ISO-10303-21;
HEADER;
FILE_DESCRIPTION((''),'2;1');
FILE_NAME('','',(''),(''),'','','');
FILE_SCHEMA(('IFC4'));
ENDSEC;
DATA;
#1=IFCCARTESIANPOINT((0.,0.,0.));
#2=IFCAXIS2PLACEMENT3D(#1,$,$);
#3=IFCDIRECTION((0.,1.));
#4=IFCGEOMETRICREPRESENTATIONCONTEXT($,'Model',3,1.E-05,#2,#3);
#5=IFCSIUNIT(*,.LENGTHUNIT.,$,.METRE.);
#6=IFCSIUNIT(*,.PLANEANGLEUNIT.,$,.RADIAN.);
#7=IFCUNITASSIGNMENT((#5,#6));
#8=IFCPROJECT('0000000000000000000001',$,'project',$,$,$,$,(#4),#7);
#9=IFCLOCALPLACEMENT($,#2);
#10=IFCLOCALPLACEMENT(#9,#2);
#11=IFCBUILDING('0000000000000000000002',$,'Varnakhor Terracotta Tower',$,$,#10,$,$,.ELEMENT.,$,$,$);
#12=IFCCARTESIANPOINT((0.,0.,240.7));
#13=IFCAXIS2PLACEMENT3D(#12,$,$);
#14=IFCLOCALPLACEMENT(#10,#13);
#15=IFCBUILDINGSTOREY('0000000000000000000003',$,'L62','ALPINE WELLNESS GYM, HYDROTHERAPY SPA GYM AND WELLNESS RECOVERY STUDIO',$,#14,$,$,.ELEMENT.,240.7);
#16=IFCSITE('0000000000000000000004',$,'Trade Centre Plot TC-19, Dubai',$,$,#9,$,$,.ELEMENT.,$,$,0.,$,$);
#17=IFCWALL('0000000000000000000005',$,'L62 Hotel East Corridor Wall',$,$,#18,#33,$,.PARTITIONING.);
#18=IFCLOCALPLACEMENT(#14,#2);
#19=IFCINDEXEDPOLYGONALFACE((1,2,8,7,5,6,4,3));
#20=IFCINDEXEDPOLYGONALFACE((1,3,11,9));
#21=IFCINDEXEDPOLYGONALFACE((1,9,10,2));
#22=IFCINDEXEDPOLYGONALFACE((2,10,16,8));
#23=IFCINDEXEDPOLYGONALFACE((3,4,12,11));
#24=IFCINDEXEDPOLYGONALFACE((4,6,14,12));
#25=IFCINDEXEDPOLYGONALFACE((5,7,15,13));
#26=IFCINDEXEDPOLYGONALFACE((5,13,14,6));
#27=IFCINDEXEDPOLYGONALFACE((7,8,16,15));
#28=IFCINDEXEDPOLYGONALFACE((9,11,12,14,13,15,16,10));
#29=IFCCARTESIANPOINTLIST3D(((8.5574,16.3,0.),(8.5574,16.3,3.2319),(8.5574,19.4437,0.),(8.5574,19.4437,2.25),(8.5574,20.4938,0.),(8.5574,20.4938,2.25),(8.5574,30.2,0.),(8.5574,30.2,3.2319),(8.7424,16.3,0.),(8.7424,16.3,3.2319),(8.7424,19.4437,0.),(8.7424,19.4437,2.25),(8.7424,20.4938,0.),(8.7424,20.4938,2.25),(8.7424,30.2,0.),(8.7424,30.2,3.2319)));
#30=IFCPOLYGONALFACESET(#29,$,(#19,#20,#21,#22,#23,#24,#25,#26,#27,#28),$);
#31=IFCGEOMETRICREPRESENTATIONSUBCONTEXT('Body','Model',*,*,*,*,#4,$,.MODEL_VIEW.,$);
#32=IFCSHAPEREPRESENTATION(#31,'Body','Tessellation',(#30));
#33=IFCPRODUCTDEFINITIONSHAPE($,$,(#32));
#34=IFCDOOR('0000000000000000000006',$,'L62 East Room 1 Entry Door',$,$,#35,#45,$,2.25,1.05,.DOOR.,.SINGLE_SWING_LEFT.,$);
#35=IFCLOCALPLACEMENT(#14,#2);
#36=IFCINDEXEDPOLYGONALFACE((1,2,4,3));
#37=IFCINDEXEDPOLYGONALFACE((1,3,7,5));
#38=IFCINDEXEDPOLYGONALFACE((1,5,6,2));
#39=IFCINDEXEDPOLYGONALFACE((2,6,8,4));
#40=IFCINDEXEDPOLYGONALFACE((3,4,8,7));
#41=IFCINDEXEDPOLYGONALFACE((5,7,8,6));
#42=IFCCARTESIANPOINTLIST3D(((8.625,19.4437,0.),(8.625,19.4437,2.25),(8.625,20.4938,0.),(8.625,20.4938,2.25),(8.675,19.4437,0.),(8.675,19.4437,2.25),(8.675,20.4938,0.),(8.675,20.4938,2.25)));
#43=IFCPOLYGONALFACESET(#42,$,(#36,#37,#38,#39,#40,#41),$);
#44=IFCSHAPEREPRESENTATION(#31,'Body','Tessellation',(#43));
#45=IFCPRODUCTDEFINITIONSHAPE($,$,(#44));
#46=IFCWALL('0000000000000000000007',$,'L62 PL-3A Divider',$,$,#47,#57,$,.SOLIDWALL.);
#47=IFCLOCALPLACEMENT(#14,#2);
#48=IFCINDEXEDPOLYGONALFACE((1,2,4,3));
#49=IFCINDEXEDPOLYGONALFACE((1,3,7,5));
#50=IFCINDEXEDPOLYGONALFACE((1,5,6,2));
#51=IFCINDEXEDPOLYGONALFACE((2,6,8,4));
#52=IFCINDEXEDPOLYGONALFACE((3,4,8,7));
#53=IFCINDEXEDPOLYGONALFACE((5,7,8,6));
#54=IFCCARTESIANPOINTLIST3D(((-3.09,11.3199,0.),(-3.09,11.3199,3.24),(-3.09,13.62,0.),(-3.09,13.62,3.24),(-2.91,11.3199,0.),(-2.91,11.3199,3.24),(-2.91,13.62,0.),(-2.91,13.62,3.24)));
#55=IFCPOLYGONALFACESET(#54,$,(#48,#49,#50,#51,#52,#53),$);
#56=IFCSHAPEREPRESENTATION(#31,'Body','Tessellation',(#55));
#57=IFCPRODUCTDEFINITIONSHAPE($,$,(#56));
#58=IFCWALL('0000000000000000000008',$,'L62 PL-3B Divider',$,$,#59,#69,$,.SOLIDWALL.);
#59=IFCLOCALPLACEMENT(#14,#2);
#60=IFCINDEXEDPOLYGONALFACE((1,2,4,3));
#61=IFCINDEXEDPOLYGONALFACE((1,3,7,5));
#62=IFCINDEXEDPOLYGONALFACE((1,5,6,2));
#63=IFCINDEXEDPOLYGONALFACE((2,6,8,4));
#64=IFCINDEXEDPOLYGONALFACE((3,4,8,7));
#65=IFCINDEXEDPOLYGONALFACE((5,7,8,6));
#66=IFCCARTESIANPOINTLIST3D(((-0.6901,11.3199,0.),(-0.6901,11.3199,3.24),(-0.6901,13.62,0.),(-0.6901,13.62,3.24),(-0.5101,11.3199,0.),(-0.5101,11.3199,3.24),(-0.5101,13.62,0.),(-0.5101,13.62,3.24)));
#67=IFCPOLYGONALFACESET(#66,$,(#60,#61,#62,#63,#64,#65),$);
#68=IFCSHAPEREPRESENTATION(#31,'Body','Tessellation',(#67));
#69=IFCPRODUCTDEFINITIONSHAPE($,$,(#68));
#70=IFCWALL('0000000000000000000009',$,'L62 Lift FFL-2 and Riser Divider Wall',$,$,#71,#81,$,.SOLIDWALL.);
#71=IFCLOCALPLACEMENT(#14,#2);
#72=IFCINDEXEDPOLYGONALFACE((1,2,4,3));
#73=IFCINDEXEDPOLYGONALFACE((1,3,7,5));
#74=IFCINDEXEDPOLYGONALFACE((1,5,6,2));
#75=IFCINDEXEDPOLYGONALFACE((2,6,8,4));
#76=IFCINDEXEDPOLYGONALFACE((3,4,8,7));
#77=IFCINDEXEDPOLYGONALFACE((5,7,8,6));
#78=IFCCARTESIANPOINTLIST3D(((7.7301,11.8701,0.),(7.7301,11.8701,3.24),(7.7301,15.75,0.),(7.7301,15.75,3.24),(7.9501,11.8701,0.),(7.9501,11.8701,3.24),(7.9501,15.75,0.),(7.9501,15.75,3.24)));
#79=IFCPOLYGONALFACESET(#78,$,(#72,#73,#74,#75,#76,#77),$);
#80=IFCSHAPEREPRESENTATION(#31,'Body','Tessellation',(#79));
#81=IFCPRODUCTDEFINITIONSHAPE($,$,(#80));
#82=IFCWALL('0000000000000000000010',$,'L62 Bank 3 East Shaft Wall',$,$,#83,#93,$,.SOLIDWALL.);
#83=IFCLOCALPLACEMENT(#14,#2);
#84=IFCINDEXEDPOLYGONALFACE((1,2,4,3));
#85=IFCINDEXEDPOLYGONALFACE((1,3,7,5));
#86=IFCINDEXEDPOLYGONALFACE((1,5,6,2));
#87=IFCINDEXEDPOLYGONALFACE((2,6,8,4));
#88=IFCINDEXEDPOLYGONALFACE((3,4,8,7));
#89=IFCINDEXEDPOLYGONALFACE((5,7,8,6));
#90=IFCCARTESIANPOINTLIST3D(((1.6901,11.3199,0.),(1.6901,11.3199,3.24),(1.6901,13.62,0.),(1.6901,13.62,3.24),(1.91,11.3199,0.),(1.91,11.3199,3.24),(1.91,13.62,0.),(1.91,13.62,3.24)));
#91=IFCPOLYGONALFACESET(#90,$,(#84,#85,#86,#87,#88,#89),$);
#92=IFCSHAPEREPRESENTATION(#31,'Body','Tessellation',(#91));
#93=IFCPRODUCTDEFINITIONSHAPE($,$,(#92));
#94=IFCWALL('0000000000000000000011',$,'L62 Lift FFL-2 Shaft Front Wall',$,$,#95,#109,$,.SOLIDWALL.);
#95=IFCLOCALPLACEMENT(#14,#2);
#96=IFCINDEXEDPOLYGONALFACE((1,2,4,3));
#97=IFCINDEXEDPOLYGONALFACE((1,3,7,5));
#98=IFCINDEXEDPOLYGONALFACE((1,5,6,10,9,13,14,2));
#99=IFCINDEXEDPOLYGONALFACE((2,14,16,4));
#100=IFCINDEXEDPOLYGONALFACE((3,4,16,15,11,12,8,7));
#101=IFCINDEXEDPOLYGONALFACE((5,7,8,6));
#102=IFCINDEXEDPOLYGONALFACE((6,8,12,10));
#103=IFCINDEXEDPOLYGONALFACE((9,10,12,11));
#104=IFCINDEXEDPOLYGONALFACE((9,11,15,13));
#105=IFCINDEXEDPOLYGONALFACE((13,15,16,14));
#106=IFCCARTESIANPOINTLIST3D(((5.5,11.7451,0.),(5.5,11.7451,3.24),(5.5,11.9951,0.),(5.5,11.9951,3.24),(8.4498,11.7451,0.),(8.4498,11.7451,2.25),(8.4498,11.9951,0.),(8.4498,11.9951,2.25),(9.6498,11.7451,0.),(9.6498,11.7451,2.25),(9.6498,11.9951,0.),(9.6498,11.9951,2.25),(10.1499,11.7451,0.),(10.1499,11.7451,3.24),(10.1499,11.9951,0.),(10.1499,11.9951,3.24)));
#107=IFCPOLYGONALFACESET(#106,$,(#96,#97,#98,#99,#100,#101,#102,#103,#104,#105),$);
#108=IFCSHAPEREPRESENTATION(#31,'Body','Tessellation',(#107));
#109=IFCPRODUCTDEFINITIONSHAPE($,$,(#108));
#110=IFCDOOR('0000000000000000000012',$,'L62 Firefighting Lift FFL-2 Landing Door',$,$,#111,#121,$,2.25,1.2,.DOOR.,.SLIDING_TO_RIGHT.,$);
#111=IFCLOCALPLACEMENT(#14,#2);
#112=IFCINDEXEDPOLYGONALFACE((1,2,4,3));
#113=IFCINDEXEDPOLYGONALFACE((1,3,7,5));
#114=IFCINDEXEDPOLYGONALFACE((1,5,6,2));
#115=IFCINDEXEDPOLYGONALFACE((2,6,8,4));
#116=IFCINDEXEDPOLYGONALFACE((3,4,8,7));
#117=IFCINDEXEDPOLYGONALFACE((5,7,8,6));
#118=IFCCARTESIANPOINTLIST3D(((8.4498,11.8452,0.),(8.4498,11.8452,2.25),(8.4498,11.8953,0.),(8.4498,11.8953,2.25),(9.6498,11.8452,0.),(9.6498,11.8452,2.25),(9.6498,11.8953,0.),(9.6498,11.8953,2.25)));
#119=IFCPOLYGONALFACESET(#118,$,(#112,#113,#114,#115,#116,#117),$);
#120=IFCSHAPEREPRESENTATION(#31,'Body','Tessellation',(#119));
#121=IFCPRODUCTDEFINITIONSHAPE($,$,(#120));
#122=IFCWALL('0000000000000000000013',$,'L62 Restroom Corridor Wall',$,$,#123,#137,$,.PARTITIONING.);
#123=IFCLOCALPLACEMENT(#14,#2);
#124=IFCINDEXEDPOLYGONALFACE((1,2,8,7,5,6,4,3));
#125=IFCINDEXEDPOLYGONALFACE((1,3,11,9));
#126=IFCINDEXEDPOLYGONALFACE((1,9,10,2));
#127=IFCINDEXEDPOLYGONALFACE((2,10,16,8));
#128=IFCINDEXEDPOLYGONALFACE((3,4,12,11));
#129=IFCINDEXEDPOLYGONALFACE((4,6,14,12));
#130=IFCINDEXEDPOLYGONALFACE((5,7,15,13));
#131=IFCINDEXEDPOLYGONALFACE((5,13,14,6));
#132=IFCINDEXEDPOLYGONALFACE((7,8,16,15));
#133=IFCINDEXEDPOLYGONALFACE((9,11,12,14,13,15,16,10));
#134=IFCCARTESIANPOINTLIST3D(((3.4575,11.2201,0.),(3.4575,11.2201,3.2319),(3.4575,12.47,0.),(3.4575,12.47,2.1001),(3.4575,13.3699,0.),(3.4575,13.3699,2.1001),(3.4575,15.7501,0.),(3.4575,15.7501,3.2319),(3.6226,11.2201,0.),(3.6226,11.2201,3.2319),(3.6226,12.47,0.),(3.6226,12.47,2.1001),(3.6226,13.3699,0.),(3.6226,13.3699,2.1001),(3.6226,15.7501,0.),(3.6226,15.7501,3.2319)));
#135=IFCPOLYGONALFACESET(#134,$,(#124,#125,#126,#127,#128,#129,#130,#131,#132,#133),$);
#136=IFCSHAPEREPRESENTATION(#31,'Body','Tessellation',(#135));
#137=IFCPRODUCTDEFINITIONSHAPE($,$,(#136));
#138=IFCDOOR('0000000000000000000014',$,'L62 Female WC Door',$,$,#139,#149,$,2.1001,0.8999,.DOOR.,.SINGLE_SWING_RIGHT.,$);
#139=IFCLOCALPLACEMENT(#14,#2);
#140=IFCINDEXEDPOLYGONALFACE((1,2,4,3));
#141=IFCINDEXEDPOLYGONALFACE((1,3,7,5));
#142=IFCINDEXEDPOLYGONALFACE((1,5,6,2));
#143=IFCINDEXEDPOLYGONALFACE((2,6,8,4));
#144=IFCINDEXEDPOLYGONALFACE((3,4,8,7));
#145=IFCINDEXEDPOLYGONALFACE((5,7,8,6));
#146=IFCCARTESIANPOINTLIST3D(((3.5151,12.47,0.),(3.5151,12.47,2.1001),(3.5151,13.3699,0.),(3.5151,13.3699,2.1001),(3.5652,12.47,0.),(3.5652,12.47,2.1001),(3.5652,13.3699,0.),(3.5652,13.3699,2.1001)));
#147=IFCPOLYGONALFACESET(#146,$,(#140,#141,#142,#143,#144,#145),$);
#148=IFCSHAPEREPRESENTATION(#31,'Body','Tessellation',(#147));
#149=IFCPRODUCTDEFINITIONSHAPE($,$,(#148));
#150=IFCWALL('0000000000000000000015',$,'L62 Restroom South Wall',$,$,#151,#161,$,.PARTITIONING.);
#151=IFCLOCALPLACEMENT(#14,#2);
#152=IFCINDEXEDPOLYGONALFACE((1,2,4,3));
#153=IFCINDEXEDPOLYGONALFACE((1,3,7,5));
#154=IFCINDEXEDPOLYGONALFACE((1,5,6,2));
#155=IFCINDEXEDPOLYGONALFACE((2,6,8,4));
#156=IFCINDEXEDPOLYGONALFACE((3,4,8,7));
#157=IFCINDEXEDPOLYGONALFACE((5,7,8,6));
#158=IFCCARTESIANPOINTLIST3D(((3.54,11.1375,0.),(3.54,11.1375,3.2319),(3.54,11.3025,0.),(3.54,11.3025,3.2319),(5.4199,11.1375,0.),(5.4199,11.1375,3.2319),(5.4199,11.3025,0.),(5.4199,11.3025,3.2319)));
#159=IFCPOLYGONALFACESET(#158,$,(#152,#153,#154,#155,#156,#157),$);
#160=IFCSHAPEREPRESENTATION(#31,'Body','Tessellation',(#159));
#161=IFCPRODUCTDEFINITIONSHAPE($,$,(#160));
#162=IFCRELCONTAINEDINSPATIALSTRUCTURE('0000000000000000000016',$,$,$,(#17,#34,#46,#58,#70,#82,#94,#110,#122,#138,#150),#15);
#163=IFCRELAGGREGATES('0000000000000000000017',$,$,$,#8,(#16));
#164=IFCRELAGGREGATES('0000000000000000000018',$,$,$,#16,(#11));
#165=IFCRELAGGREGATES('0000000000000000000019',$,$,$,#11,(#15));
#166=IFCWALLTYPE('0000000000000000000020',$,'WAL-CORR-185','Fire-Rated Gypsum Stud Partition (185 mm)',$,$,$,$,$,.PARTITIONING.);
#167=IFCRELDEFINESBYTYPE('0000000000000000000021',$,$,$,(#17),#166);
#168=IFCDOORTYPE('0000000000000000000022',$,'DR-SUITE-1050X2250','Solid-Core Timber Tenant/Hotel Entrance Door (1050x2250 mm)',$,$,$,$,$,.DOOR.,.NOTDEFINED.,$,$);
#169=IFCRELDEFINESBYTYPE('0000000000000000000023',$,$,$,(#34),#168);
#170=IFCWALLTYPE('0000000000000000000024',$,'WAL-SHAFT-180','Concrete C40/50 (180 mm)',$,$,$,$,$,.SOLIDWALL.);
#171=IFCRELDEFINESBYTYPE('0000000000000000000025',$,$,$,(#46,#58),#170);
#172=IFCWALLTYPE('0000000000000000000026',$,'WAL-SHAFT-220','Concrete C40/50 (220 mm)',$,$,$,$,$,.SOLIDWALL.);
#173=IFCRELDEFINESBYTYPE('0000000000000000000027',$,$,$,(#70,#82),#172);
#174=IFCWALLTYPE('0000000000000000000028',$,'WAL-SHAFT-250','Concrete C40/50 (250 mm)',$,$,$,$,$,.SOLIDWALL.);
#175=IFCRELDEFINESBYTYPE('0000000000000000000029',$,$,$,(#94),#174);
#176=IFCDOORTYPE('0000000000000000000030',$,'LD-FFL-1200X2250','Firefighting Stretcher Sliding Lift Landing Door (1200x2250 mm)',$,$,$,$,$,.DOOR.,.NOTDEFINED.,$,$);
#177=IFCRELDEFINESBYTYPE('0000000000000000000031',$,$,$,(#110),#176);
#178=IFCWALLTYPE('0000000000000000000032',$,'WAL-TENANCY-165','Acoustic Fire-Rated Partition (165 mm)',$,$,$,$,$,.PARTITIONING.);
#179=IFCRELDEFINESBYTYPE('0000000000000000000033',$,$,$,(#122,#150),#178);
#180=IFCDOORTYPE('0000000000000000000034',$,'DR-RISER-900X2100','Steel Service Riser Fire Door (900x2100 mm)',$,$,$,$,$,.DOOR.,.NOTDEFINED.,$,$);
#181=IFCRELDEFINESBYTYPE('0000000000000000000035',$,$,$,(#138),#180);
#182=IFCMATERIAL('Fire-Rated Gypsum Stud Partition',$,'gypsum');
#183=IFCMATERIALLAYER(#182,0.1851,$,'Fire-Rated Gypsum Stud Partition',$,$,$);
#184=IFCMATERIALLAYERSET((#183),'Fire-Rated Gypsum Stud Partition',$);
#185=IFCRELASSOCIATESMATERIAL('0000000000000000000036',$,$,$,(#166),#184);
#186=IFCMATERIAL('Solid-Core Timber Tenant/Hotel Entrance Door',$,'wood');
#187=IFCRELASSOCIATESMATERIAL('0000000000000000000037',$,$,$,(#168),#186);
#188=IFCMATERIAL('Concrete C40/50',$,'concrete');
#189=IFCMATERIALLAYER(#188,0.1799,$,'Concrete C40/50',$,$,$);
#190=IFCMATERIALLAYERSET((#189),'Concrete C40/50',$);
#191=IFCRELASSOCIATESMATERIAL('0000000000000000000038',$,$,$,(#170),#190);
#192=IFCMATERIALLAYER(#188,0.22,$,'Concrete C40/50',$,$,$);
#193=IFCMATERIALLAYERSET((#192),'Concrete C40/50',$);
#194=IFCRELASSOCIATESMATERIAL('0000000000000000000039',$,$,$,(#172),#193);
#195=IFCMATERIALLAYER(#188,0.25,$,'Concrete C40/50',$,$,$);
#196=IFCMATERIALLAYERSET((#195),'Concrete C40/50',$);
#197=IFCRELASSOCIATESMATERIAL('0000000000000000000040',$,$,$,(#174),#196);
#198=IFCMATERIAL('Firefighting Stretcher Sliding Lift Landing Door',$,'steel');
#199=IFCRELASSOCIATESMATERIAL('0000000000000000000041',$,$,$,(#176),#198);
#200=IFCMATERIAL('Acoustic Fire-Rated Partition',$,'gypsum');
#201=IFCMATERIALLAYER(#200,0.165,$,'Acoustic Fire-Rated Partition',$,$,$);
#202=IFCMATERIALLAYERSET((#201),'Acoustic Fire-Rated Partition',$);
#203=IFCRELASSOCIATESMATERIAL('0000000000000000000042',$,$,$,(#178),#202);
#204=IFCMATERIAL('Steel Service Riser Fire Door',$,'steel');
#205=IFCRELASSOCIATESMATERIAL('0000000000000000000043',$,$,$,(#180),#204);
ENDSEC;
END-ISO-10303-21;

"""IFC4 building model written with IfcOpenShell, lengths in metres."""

from ifc_helpers import new_model, si_unit, direction, frame, frame_2d, origin, place, context, subcontext, project, spatial, rectangle, extrude, source, transform, mapped, material, layer, layer_set, type_object, type_shapes, element, fill, save


model = new_model("IFC4")

# Units and contexts
model_context = context("Model", 3, precision=1e-05, world=origin(), true_north=direction((0.0, 1.0)))
body_context = subcontext(model_context, "Body", "Model", "MODEL_VIEW")
ifc_project = project(units=[si_unit("LENGTHUNIT", "METRE"), si_unit("PLANEANGLEUNIT", "RADIAN")], contexts=[model_context])

# Site, building, storey
site_placement = place(None, origin())
site = spatial("IfcSite", under=ifc_project, at=site_placement, Name="Trade Centre Plot TC-19, Dubai", CompositionType="ELEMENT", RefElevation=0.0)
building_placement = place(site_placement, origin())
building = spatial("IfcBuilding", under=site, at=building_placement, Name="Varnakhor Terracotta Tower", CompositionType="ELEMENT")
storey_placement = place(building_placement, frame((0.0, 0.0, 240.7)))
storey = spatial("IfcBuildingStorey", under=building, at=storey_placement, Name="L62", Description="ALPINE WELLNESS GYM, HYDROTHERAPY SPA GYM AND WELLNESS RECOVERY STUDIO", CompositionType="ELEMENT", Elevation=240.7)

# Shared definitions
ifc_material_1 = material(Name="Fire-Rated Gypsum Stud Partition", Category="gypsum")
ifc_layer_1 = layer(ifc_material_1, 0.1851, Name="Fire-Rated Gypsum Stud Partition")
ifc_layer_set_1 = layer_set([ifc_layer_1], Name="Fire-Rated Gypsum Stud Partition")
wall_type_1 = type_object("IfcWallType", Name="WAL-CORR-185", Description="Fire-Rated Gypsum Stud Partition (185 mm)", PredefinedType="PARTITIONING", material=ifc_layer_set_1)

# Wall, opening, door
wall_1_placement = place(storey_placement, frame((8.6499, 16.3, 0.0), z_axis=(0.0, 0.0, 1.0), x_axis=(0.0, 1.0, 0.0)))
wall_1 = element("IfcWall", 1, at=wall_1_placement, inside=storey, type_object=wall_type_1, Name="L62 Hotel East Corridor Wall", PredefinedType="PARTITIONING", context=body_context, shape_type="SweptSolid", body=[
    extrude(rectangle(XDim=13.8999, YDim=0.1851, at=frame_2d((6.95, 0.0))), origin(), (0.0, 0.0, 1.0), 3.2319),
])
opening_1_placement = place(wall_1_placement, frame((3.1438, 0.0, 0.0)))
opening_1 = element("IfcOpeningElement", 2, at=opening_1_placement, cuts=wall_1, PredefinedType="OPENING", context=body_context, shape_type="SweptSolid", body=[
    extrude(rectangle(XDim=1.05, YDim=2.25, at=frame_2d((0.5249, 1.125))), frame((0.0, 0.1025, 0.0), z_axis=(0.0, -1.0, 0.0), x_axis=(1.0, 0.0, 0.0)), (0.0, 0.0, 1.0), 0.2051),
])
ifc_material_2 = material(Name="Solid-Core Timber Tenant/Hotel Entrance Door", Category="wood")
door_type_1 = type_object("IfcDoorType", Name="DR-SUITE-1050X2250", Description="Solid-Core Timber Tenant/Hotel Entrance Door (1050x2250 mm)", OperationType="NOTDEFINED", PredefinedType="DOOR", material=ifc_material_2)
shared_shape_1 = source(origin(), body_context, "Body", "SweptSolid", [
    extrude(rectangle(XDim=1.05, YDim=2.25, at=frame_2d((0.5249, 1.125))), frame((0.0, 0.0249, 0.0), z_axis=(0.0, -1.0, 0.0), x_axis=(1.0, 0.0, 0.0)), (0.0, 0.0, 1.0), 0.05),
])
type_shapes(door_type_1, [shared_shape_1])
door_1_placement = place(opening_1_placement, origin())
door_1 = element("IfcDoor", 3, at=door_1_placement, inside=storey, type_object=door_type_1, Name="L62 East Room 1 Entry Door", OperationType="SINGLE_SWING_LEFT", OverallHeight=2.25, OverallWidth=1.05, PredefinedType="DOOR", context=body_context, shape_type="MappedRepresentation", body=[
    mapped(shared_shape_1, transform((0.0, 0.0, 0.0), scale=1.0)),
])
fill(opening_1, door_1)

# Walls
ifc_material_3 = material(Name="Concrete C40/50", Category="concrete")
ifc_layer_2 = layer(ifc_material_3, 0.1799, Name="Concrete C40/50")
ifc_layer_set_2 = layer_set([ifc_layer_2], Name="Concrete C40/50")
wall_type_2 = type_object("IfcWallType", Name="WAL-SHAFT-180", Description="Concrete C40/50 (180 mm)", PredefinedType="SOLIDWALL", material=ifc_layer_set_2)
for number, where, z_axis, x_axis, name in (
    (4, (-3.0, 11.3201, 0.0), (0.0, 0.0, 1.0), (0.0, 1.0, 0.0), "L62 PL-3A Divider"),
    (5, (-0.6001, 11.3201, 0.0), (0.0, 0.0, 1.0), (0.0, 1.0, 0.0), "L62 PL-3B Divider"),
):
    element("IfcWall", number, at=place(storey_placement, frame(where, z_axis=z_axis, x_axis=x_axis)), inside=storey, type_object=wall_type_2, Name=name, PredefinedType="SOLIDWALL", context=body_context, shape_type="SweptSolid", body=[
        extrude(rectangle(XDim=2.3, YDim=0.1799, at=frame_2d((1.1499, 0.0))), origin(), (0.0, 0.0, 1.0), 3.24),
    ])
ifc_layer_3 = layer(ifc_material_3, 0.22, Name="Concrete C40/50")
ifc_layer_set_3 = layer_set([ifc_layer_3], Name="Concrete C40/50")
wall_type_3 = type_object("IfcWallType", Name="WAL-SHAFT-220", Description="Concrete C40/50 (220 mm)", PredefinedType="SOLIDWALL", material=ifc_layer_set_3)
wall_2_placement = place(storey_placement, frame((7.8401, 11.8701, 0.0), z_axis=(0.0, 0.0, 1.0), x_axis=(0.0, 1.0, 0.0)))
element("IfcWall", 6, at=wall_2_placement, inside=storey, type_object=wall_type_3, Name="L62 Lift FFL-2 and Riser Divider Wall", PredefinedType="SOLIDWALL", context=body_context, shape_type="SweptSolid", body=[
    extrude(rectangle(XDim=3.8799, YDim=0.22, at=frame_2d((1.9399, 0.0))), origin(), (0.0, 0.0, 1.0), 3.24),
])
wall_3_placement = place(storey_placement, frame((1.8, 11.3201, 0.0), z_axis=(0.0, 0.0, 1.0), x_axis=(0.0, 1.0, 0.0)))
element("IfcWall", 7, at=wall_3_placement, inside=storey, type_object=wall_type_3, Name="L62 Bank 3 East Shaft Wall", PredefinedType="SOLIDWALL", context=body_context, shape_type="SweptSolid", body=[
    extrude(rectangle(XDim=2.3, YDim=0.22, at=frame_2d((1.1499, 0.0))), origin(), (0.0, 0.0, 1.0), 3.24),
])

# Walls, openings, doors
ifc_layer_4 = layer(ifc_material_3, 0.25, Name="Concrete C40/50")
ifc_layer_set_4 = layer_set([ifc_layer_4], Name="Concrete C40/50")
wall_type_4 = type_object("IfcWallType", Name="WAL-SHAFT-250", Description="Concrete C40/50 (250 mm)", PredefinedType="SOLIDWALL", material=ifc_layer_set_4)
wall_4_placement = place(storey_placement, frame((10.1499, 11.8701, 0.0), z_axis=(0.0, 0.0, 1.0), x_axis=(-1.0, 0.0, 0.0)))
wall_4 = element("IfcWall", 8, at=wall_4_placement, inside=storey, type_object=wall_type_4, Name="L62 Lift FFL-2 Shaft Front Wall", PredefinedType="SOLIDWALL", context=body_context, shape_type="SweptSolid", body=[
    extrude(rectangle(XDim=4.6499, YDim=0.25, at=frame_2d((2.325, 0.0))), origin(), (0.0, 0.0, 1.0), 3.24),
])
opening_2_placement = place(wall_4_placement, frame((0.5, 0.0, 0.0)))
opening_2 = element("IfcOpeningElement", 9, at=opening_2_placement, cuts=wall_4, PredefinedType="OPENING", context=body_context, shape_type="SweptSolid", body=[
    extrude(rectangle(XDim=1.2, YDim=2.25, at=frame_2d((0.6001, 1.125))), frame((0.0, 0.135, 0.0), z_axis=(0.0, -1.0, 0.0), x_axis=(1.0, 0.0, 0.0)), (0.0, 0.0, 1.0), 0.27),
])
ifc_material_4 = material(Name="Firefighting Stretcher Sliding Lift Landing Door", Category="steel")
door_type_2 = type_object("IfcDoorType", Name="LD-FFL-1200X2250", Description="Firefighting Stretcher Sliding Lift Landing Door (1200x2250 mm)", OperationType="NOTDEFINED", PredefinedType="DOOR", material=ifc_material_4)
shared_shape_2 = source(origin(), body_context, "Body", "SweptSolid", [
    extrude(rectangle(XDim=1.2, YDim=2.25, at=frame_2d((0.6001, 1.125))), frame((0.0, 0.0249, 0.0), z_axis=(0.0, -1.0, 0.0), x_axis=(1.0, 0.0, 0.0)), (0.0, 0.0, 1.0), 0.05),
])
type_shapes(door_type_2, [shared_shape_2])
door_2_placement = place(opening_2_placement, origin())
door_2 = element("IfcDoor", 10, at=door_2_placement, inside=storey, type_object=door_type_2, Name="L62 Firefighting Lift FFL-2 Landing Door", OperationType="SLIDING_TO_RIGHT", OverallHeight=2.25, OverallWidth=1.2, PredefinedType="DOOR", context=body_context, shape_type="MappedRepresentation", body=[
    mapped(shared_shape_2, transform((0.0, 0.0, 0.0), scale=1.0)),
])
fill(opening_2, door_2)
ifc_material_5 = material(Name="Acoustic Fire-Rated Partition", Category="gypsum")
ifc_layer_5 = layer(ifc_material_5, 0.165, Name="Acoustic Fire-Rated Partition")
ifc_layer_set_5 = layer_set([ifc_layer_5], Name="Acoustic Fire-Rated Partition")
wall_type_5 = type_object("IfcWallType", Name="WAL-TENANCY-165", Description="Acoustic Fire-Rated Partition (165 mm)", PredefinedType="PARTITIONING", material=ifc_layer_set_5)
wall_5_placement = place(storey_placement, frame((3.54, 11.22, 0.0), z_axis=(0.0, 0.0, 1.0), x_axis=(0.0, 1.0, 0.0)))
wall_5 = element("IfcWall", 11, at=wall_5_placement, inside=storey, type_object=wall_type_5, Name="L62 Restroom Corridor Wall", PredefinedType="PARTITIONING", context=body_context, shape_type="SweptSolid", body=[
    extrude(rectangle(XDim=4.53, YDim=0.165, at=frame_2d((2.2651, 0.0))), origin(), (0.0, 0.0, 1.0), 3.2319),
])
opening_3_placement = place(wall_5_placement, frame((1.25, 0.0, 0.0)))
opening_3 = element("IfcOpeningElement", 12, at=opening_3_placement, cuts=wall_5, PredefinedType="OPENING", context=body_context, shape_type="SweptSolid", body=[
    extrude(rectangle(XDim=0.8999, YDim=2.1001, at=frame_2d((0.45, 1.05))), frame((0.0, 0.0925, 0.0), z_axis=(0.0, -1.0, 0.0), x_axis=(1.0, 0.0, 0.0)), (0.0, 0.0, 1.0), 0.1851),
])
ifc_material_6 = material(Name="Steel Service Riser Fire Door", Category="steel")
door_type_3 = type_object("IfcDoorType", Name="DR-RISER-900X2100", Description="Steel Service Riser Fire Door (900x2100 mm)", OperationType="NOTDEFINED", PredefinedType="DOOR", material=ifc_material_6)
shared_shape_3 = source(origin(), body_context, "Body", "SweptSolid", [
    extrude(rectangle(XDim=0.8999, YDim=2.1001, at=frame_2d((0.45, 1.05))), frame((0.0, 0.0249, 0.0), z_axis=(0.0, -1.0, 0.0), x_axis=(1.0, 0.0, 0.0)), (0.0, 0.0, 1.0), 0.05),
])
type_shapes(door_type_3, [shared_shape_3])
door_3_placement = place(opening_3_placement, origin())
door_3 = element("IfcDoor", 13, at=door_3_placement, inside=storey, type_object=door_type_3, Name="L62 Female WC Door", OperationType="SINGLE_SWING_RIGHT", OverallHeight=2.1001, OverallWidth=0.8999, PredefinedType="DOOR", context=body_context, shape_type="MappedRepresentation", body=[
    mapped(shared_shape_3, transform((0.0, 0.0, 0.0), scale=1.0)),
])
fill(opening_3, door_3)

# Wall
wall_6_placement = place(storey_placement, frame((3.54, 11.22, 0.0), z_axis=(0.0, 0.0, 1.0), x_axis=(1.0, 0.0, 0.0)))
element("IfcWall", 14, at=wall_6_placement, inside=storey, type_object=wall_type_5, Name="L62 Restroom South Wall", PredefinedType="PARTITIONING", context=body_context, shape_type="SweptSolid", body=[
    extrude(rectangle(XDim=1.8799, YDim=0.165, at=frame_2d((0.9399, 0.0))), origin(), (0.0, 0.0, 1.0), 3.2319),
])

save(model, "model.ifc")
